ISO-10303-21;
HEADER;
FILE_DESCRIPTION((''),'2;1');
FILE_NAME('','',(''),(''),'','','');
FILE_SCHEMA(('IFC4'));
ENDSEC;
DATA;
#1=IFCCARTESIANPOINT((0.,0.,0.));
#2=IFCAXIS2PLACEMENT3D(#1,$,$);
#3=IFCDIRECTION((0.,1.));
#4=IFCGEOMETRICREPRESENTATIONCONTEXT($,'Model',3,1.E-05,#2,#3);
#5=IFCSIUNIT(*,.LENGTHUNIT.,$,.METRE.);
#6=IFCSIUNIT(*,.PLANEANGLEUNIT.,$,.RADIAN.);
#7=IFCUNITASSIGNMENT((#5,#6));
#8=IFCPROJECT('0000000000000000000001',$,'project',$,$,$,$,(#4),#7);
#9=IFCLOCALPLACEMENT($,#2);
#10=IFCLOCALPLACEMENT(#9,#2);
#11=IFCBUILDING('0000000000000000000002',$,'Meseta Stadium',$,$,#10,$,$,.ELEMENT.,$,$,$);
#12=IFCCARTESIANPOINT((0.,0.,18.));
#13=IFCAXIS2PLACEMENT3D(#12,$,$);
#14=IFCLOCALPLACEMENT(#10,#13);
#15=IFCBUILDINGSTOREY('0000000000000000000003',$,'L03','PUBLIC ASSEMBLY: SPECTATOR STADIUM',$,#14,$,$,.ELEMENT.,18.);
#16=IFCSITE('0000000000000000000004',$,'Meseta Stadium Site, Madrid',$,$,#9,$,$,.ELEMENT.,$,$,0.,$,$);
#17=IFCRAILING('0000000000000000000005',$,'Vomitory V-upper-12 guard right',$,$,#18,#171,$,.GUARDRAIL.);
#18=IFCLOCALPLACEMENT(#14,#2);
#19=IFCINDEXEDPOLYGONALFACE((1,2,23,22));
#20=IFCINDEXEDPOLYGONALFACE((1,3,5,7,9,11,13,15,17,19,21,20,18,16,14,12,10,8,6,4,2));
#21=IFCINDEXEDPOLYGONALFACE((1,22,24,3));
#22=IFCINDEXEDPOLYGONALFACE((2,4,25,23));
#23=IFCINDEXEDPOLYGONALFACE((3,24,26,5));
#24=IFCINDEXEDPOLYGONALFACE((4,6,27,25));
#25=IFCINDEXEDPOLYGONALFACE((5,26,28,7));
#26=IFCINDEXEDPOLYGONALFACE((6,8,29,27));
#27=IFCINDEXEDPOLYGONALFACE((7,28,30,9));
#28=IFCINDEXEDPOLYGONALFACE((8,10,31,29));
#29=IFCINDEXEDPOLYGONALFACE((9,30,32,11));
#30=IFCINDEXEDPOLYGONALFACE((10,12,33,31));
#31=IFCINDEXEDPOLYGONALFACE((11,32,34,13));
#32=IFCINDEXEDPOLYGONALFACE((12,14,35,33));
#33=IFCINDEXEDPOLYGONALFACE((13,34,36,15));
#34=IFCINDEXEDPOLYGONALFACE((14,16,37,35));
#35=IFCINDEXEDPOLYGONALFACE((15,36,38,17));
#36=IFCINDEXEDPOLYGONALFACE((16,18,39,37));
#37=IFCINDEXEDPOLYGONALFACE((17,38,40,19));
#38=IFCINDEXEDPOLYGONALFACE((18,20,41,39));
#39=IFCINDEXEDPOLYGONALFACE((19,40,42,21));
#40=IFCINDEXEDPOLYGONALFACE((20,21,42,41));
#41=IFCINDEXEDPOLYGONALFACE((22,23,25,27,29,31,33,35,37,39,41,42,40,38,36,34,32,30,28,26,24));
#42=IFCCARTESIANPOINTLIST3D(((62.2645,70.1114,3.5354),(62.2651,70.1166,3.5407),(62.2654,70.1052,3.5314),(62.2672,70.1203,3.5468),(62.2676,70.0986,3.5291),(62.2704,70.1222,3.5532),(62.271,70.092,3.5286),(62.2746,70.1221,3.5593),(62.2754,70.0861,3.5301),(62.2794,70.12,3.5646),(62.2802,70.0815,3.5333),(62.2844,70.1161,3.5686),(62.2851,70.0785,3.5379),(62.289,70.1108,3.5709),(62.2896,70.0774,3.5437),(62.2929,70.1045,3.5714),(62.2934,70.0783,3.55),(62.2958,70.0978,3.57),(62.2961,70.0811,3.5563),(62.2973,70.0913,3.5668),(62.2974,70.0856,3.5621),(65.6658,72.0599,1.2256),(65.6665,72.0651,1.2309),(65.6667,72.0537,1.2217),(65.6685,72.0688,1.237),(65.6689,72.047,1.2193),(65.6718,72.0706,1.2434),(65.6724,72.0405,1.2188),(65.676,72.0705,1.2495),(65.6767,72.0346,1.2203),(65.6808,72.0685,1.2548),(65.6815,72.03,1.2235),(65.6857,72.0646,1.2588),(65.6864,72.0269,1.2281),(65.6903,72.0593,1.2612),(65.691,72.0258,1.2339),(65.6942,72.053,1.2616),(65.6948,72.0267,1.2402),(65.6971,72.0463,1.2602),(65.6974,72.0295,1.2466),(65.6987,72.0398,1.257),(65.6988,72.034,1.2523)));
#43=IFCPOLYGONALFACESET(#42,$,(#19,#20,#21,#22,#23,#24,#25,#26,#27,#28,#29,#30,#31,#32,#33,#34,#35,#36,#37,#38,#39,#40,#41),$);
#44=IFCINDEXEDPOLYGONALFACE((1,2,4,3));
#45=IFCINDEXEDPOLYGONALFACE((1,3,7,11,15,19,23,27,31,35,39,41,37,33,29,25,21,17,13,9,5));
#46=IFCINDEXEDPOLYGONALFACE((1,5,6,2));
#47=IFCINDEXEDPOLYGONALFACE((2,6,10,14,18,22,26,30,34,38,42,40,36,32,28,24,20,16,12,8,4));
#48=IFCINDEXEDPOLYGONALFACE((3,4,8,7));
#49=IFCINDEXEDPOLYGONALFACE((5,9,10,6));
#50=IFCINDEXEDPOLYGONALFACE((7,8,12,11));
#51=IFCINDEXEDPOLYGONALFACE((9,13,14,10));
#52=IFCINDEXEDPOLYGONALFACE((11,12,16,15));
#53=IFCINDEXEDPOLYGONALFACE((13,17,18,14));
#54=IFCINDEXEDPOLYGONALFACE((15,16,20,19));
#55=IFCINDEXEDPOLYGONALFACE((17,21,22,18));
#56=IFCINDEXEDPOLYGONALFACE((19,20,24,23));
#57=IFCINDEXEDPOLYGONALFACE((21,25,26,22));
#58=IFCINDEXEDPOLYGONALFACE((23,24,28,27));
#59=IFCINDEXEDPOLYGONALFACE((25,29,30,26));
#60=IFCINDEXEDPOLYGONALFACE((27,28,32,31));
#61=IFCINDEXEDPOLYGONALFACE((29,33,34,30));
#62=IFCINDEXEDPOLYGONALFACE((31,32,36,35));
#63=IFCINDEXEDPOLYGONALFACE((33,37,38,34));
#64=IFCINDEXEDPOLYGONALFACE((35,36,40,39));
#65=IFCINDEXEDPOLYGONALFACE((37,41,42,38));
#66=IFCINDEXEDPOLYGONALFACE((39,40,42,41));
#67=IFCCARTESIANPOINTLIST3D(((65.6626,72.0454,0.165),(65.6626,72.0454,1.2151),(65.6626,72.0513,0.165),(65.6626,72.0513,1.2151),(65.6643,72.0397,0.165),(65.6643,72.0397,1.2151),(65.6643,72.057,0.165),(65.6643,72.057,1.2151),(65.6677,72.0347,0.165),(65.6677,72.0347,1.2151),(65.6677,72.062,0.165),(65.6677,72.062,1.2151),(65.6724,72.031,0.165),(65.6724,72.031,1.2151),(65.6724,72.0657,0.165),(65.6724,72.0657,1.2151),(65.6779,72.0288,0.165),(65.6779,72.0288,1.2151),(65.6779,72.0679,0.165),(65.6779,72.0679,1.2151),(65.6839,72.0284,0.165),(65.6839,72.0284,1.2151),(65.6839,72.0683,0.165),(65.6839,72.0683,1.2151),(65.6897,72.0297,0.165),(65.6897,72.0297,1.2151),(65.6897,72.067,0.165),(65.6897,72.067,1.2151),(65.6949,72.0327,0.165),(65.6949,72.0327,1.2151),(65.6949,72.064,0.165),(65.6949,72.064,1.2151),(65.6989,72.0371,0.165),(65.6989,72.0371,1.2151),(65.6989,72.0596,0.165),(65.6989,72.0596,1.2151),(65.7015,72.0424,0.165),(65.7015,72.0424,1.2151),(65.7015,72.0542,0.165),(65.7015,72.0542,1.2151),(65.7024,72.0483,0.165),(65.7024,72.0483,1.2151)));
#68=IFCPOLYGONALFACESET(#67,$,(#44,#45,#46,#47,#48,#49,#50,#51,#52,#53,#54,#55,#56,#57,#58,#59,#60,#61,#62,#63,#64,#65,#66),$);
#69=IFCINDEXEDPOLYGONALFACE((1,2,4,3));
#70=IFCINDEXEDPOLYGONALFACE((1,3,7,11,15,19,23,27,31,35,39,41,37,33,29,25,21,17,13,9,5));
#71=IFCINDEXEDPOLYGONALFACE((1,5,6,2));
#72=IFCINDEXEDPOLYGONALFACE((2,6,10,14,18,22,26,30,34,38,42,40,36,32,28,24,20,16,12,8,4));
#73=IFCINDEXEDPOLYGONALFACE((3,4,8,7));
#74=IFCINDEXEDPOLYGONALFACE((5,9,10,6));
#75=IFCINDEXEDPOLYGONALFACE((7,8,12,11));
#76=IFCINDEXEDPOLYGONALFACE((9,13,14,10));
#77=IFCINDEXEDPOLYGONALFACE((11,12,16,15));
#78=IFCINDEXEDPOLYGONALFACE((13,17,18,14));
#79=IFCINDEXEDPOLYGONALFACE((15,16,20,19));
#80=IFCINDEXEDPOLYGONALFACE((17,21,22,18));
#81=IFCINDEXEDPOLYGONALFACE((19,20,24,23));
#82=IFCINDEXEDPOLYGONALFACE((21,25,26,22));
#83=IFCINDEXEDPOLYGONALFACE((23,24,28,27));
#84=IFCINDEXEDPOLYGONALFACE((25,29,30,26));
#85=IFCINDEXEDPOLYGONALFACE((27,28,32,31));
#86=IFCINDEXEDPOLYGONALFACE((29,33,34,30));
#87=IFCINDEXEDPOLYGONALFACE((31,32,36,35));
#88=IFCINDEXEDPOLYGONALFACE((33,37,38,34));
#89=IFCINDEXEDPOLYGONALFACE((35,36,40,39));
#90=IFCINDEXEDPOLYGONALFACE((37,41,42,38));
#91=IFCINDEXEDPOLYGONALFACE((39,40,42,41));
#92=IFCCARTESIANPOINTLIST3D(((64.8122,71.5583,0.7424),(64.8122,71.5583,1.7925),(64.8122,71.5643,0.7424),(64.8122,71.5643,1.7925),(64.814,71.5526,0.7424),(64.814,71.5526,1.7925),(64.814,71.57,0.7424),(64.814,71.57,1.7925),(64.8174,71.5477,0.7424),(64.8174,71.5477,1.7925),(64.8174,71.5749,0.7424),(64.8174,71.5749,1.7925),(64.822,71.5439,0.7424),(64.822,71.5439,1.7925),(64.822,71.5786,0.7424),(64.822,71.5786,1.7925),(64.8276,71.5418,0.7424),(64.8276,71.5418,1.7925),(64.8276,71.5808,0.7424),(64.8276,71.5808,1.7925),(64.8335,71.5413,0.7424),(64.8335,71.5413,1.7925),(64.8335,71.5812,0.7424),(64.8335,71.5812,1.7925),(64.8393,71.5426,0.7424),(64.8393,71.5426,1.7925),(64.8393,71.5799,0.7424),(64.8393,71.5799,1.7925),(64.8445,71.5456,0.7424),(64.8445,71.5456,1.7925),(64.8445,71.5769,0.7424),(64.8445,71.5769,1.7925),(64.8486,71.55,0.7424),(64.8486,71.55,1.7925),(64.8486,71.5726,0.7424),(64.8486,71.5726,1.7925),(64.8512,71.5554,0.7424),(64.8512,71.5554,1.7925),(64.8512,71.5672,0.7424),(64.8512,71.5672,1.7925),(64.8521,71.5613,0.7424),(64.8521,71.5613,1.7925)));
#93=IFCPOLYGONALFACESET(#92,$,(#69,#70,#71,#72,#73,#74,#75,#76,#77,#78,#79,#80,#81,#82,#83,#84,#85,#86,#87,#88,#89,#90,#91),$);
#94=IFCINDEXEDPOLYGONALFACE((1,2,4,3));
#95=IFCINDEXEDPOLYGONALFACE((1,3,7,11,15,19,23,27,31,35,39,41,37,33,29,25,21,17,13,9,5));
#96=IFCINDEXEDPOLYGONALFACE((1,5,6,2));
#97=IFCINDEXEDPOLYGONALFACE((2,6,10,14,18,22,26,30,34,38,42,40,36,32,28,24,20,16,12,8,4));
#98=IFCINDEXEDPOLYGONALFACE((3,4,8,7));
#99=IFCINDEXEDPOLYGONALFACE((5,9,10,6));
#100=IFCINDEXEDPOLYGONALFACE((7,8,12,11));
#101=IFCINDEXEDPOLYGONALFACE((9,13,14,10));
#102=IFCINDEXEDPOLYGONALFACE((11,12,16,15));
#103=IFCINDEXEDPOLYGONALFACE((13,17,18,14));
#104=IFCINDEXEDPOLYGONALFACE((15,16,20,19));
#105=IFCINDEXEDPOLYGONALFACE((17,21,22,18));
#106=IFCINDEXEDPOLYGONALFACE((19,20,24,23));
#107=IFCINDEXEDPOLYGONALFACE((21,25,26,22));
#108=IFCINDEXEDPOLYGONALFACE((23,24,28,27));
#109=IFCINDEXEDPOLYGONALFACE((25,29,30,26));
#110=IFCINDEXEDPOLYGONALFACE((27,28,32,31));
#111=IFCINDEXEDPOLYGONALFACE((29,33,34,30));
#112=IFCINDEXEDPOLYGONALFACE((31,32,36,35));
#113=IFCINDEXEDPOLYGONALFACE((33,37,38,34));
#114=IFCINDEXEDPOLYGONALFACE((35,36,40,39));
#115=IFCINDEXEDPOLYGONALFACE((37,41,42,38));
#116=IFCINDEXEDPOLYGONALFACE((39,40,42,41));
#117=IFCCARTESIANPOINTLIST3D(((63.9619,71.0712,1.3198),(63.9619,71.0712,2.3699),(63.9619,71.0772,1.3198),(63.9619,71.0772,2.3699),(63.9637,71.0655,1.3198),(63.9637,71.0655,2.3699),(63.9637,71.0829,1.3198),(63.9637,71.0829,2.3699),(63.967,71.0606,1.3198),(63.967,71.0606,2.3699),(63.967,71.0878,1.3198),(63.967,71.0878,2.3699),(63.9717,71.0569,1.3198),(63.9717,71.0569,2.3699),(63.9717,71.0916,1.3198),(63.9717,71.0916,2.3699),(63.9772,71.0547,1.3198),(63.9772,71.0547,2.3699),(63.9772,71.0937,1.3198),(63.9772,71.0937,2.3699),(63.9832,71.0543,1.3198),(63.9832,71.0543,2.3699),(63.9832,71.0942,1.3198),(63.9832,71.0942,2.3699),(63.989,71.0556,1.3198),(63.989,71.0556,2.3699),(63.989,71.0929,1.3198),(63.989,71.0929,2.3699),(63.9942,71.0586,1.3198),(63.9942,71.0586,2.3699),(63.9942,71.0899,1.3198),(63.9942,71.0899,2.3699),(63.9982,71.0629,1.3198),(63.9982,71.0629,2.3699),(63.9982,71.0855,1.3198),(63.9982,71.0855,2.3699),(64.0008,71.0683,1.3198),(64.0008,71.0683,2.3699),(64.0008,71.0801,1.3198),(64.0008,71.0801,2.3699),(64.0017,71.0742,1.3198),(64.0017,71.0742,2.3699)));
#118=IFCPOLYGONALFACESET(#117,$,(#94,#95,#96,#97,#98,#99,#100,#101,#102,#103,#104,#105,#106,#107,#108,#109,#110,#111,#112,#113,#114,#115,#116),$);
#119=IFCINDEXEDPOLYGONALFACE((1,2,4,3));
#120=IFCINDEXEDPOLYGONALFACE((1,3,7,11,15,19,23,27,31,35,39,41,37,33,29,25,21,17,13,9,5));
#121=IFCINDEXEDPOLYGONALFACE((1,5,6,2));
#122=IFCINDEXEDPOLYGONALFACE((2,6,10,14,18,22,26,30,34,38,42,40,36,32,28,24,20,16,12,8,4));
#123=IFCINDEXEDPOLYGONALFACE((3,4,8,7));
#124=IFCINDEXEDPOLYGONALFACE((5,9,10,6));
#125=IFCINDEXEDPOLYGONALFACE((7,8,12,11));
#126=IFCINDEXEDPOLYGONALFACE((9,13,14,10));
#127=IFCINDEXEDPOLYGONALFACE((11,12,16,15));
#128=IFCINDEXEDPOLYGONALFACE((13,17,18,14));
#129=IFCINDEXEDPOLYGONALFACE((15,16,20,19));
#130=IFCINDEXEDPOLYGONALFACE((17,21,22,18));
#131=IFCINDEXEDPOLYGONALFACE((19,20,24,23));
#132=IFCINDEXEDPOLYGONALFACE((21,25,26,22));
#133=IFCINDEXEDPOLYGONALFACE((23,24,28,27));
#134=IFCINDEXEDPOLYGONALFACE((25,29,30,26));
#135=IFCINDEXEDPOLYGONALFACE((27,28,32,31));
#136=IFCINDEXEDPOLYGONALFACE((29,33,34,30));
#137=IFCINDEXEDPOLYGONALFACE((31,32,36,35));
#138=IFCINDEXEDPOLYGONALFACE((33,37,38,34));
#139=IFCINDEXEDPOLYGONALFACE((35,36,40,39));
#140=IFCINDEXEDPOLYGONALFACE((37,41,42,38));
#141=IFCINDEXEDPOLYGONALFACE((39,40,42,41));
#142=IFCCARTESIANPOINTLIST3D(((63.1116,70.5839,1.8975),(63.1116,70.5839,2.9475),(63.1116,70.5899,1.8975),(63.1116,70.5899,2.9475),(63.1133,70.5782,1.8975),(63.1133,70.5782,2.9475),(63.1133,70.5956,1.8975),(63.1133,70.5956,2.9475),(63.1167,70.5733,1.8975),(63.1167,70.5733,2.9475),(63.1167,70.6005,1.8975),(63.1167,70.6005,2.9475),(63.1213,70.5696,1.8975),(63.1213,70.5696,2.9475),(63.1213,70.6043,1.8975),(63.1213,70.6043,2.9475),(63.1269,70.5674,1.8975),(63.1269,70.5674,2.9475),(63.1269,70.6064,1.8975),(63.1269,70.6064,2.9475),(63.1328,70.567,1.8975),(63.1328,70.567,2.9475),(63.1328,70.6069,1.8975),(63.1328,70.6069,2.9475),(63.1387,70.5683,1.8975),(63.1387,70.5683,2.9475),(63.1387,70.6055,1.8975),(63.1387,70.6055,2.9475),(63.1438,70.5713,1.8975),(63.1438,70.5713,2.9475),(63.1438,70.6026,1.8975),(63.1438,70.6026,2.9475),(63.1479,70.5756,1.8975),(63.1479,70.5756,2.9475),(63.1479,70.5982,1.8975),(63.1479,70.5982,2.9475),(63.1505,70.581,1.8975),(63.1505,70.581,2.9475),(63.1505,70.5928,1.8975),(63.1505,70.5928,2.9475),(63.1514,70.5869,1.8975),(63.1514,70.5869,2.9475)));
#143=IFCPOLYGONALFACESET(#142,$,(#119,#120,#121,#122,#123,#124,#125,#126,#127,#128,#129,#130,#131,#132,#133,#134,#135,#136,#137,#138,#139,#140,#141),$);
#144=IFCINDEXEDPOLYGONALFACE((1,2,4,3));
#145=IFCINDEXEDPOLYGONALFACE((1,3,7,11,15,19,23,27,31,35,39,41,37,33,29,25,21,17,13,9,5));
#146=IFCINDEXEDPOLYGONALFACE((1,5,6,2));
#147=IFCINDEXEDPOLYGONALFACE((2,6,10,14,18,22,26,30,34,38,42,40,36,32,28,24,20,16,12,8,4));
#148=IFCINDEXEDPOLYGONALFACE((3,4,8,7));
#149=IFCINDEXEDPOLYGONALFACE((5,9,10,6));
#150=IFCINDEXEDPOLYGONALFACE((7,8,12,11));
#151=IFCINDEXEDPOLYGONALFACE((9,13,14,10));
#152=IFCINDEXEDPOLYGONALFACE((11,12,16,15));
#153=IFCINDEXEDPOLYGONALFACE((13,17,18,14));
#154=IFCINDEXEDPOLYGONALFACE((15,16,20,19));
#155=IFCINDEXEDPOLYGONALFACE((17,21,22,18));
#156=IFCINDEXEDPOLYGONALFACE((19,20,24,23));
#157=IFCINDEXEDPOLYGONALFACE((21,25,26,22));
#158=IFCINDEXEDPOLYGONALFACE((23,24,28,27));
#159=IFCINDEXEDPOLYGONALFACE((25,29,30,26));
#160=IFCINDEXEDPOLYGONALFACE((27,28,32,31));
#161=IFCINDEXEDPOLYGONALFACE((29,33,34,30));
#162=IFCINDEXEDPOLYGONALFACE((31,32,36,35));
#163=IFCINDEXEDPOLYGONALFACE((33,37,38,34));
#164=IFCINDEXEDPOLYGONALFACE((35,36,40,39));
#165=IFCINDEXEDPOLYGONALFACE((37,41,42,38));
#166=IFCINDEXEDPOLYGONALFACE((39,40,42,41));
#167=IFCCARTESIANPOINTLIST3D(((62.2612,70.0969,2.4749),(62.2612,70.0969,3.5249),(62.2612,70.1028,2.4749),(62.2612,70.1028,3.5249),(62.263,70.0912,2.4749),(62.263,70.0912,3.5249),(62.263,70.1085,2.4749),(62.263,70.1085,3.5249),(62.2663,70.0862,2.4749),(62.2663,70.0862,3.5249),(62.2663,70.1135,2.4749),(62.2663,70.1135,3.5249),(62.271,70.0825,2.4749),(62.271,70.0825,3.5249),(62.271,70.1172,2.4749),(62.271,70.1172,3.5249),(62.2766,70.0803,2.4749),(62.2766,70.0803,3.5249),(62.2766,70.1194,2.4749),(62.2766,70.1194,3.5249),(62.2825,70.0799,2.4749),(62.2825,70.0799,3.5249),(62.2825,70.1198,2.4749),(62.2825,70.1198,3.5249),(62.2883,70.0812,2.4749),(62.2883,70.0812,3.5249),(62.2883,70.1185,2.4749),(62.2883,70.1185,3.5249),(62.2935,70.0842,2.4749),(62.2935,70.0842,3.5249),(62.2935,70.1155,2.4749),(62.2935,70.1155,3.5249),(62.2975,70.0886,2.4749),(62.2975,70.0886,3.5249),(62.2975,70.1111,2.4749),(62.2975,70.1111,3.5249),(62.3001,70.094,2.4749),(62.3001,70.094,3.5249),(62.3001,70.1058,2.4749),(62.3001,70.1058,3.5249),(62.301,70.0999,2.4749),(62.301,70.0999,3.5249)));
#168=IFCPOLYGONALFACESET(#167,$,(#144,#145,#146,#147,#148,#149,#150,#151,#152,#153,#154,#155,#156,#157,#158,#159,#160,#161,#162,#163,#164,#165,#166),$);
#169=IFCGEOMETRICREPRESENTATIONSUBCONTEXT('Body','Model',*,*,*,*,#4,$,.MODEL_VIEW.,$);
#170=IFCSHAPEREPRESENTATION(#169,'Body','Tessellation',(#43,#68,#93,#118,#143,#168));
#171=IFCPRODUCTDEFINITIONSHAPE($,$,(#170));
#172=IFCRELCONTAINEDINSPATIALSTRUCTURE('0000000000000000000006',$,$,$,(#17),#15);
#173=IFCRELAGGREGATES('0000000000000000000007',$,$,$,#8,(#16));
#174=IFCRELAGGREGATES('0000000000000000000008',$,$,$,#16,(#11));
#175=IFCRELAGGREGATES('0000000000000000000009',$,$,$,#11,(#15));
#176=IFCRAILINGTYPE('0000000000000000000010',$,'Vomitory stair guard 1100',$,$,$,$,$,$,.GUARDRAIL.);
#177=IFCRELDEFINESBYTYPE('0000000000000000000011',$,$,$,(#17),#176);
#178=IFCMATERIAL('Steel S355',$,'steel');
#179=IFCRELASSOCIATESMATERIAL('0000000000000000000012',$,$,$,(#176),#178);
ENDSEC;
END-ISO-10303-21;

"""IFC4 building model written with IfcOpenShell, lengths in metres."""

from ifc_helpers import new_model, si_unit, direction, frame, origin, origin_2d, place, context, subcontext, project, spatial, circle, extrude, material, type_object, element, save


model = new_model("IFC4")

# Units and contexts
model_context = context("Model", 3, precision=1e-05, world=origin(), true_north=direction((0.0, 1.0)))
body_context = subcontext(model_context, "Body", "Model", "MODEL_VIEW")
ifc_project = project(units=[si_unit("LENGTHUNIT", "METRE"), si_unit("PLANEANGLEUNIT", "RADIAN")], contexts=[model_context])

# Site, building, storey
site_placement = place(None, origin())
site = spatial("IfcSite", under=ifc_project, at=site_placement, Name="Meseta Stadium Site, Madrid", CompositionType="ELEMENT", RefElevation=0.0)
building_placement = place(site_placement, origin())
building = spatial("IfcBuilding", under=site, at=building_placement, Name="Meseta Stadium", CompositionType="ELEMENT")
storey_placement = place(building_placement, frame((0.0, 0.0, 18.0)))
storey = spatial("IfcBuildingStorey", under=building, at=storey_placement, Name="L03", Description="PUBLIC ASSEMBLY: SPECTATOR STADIUM", CompositionType="ELEMENT", Elevation=18.0)

# Railing
ifc_material_1 = material(Name="Steel S355", Category="steel")
railing_type_1 = type_object("IfcRailingType", Name="Vomitory stair guard 1100", PredefinedType="GUARDRAIL", material=ifc_material_1)
railing_1_placement = place(storey_placement, frame((65.6824, 72.0483, 0.165)))
element("IfcRailing", 1, at=railing_1_placement, inside=storey, type_object=railing_type_1, Name="Vomitory V-upper-12 guard right", PredefinedType="GUARDRAIL", context=body_context, shape_type="SweptSolid", body=[
    extrude(circle(Radius=0.0249, at=origin_2d()), frame((0.0, 0.0, 1.0752), z_axis=(-0.747578, -0.428253, 0.507668), x_axis=(0.497071, -0.86771, 0.0)), (0.0, 0.0, 1.0), 4.5498),
    extrude(circle(Radius=0.02, at=origin_2d()), origin(), (0.0, 0.0, 1.0), 1.05),
    extrude(circle(Radius=0.02, at=origin_2d()), frame((-0.8503, -0.4871, 0.5774)), (0.0, 0.0, 1.0), 1.05),
    extrude(circle(Radius=0.02, at=origin_2d()), frame((-1.7007, -0.9741, 1.1548)), (0.0, 0.0, 1.0), 1.05),
    extrude(circle(Radius=0.02, at=origin_2d()), frame((-2.551, -1.4614, 1.7324)), (0.0, 0.0, 1.0), 1.05),
    extrude(circle(Radius=0.02, at=origin_2d()), frame((-3.4014, -1.9485, 2.3098)), (0.0, 0.0, 1.0), 1.05),
])

save(model, "model.ifc")
